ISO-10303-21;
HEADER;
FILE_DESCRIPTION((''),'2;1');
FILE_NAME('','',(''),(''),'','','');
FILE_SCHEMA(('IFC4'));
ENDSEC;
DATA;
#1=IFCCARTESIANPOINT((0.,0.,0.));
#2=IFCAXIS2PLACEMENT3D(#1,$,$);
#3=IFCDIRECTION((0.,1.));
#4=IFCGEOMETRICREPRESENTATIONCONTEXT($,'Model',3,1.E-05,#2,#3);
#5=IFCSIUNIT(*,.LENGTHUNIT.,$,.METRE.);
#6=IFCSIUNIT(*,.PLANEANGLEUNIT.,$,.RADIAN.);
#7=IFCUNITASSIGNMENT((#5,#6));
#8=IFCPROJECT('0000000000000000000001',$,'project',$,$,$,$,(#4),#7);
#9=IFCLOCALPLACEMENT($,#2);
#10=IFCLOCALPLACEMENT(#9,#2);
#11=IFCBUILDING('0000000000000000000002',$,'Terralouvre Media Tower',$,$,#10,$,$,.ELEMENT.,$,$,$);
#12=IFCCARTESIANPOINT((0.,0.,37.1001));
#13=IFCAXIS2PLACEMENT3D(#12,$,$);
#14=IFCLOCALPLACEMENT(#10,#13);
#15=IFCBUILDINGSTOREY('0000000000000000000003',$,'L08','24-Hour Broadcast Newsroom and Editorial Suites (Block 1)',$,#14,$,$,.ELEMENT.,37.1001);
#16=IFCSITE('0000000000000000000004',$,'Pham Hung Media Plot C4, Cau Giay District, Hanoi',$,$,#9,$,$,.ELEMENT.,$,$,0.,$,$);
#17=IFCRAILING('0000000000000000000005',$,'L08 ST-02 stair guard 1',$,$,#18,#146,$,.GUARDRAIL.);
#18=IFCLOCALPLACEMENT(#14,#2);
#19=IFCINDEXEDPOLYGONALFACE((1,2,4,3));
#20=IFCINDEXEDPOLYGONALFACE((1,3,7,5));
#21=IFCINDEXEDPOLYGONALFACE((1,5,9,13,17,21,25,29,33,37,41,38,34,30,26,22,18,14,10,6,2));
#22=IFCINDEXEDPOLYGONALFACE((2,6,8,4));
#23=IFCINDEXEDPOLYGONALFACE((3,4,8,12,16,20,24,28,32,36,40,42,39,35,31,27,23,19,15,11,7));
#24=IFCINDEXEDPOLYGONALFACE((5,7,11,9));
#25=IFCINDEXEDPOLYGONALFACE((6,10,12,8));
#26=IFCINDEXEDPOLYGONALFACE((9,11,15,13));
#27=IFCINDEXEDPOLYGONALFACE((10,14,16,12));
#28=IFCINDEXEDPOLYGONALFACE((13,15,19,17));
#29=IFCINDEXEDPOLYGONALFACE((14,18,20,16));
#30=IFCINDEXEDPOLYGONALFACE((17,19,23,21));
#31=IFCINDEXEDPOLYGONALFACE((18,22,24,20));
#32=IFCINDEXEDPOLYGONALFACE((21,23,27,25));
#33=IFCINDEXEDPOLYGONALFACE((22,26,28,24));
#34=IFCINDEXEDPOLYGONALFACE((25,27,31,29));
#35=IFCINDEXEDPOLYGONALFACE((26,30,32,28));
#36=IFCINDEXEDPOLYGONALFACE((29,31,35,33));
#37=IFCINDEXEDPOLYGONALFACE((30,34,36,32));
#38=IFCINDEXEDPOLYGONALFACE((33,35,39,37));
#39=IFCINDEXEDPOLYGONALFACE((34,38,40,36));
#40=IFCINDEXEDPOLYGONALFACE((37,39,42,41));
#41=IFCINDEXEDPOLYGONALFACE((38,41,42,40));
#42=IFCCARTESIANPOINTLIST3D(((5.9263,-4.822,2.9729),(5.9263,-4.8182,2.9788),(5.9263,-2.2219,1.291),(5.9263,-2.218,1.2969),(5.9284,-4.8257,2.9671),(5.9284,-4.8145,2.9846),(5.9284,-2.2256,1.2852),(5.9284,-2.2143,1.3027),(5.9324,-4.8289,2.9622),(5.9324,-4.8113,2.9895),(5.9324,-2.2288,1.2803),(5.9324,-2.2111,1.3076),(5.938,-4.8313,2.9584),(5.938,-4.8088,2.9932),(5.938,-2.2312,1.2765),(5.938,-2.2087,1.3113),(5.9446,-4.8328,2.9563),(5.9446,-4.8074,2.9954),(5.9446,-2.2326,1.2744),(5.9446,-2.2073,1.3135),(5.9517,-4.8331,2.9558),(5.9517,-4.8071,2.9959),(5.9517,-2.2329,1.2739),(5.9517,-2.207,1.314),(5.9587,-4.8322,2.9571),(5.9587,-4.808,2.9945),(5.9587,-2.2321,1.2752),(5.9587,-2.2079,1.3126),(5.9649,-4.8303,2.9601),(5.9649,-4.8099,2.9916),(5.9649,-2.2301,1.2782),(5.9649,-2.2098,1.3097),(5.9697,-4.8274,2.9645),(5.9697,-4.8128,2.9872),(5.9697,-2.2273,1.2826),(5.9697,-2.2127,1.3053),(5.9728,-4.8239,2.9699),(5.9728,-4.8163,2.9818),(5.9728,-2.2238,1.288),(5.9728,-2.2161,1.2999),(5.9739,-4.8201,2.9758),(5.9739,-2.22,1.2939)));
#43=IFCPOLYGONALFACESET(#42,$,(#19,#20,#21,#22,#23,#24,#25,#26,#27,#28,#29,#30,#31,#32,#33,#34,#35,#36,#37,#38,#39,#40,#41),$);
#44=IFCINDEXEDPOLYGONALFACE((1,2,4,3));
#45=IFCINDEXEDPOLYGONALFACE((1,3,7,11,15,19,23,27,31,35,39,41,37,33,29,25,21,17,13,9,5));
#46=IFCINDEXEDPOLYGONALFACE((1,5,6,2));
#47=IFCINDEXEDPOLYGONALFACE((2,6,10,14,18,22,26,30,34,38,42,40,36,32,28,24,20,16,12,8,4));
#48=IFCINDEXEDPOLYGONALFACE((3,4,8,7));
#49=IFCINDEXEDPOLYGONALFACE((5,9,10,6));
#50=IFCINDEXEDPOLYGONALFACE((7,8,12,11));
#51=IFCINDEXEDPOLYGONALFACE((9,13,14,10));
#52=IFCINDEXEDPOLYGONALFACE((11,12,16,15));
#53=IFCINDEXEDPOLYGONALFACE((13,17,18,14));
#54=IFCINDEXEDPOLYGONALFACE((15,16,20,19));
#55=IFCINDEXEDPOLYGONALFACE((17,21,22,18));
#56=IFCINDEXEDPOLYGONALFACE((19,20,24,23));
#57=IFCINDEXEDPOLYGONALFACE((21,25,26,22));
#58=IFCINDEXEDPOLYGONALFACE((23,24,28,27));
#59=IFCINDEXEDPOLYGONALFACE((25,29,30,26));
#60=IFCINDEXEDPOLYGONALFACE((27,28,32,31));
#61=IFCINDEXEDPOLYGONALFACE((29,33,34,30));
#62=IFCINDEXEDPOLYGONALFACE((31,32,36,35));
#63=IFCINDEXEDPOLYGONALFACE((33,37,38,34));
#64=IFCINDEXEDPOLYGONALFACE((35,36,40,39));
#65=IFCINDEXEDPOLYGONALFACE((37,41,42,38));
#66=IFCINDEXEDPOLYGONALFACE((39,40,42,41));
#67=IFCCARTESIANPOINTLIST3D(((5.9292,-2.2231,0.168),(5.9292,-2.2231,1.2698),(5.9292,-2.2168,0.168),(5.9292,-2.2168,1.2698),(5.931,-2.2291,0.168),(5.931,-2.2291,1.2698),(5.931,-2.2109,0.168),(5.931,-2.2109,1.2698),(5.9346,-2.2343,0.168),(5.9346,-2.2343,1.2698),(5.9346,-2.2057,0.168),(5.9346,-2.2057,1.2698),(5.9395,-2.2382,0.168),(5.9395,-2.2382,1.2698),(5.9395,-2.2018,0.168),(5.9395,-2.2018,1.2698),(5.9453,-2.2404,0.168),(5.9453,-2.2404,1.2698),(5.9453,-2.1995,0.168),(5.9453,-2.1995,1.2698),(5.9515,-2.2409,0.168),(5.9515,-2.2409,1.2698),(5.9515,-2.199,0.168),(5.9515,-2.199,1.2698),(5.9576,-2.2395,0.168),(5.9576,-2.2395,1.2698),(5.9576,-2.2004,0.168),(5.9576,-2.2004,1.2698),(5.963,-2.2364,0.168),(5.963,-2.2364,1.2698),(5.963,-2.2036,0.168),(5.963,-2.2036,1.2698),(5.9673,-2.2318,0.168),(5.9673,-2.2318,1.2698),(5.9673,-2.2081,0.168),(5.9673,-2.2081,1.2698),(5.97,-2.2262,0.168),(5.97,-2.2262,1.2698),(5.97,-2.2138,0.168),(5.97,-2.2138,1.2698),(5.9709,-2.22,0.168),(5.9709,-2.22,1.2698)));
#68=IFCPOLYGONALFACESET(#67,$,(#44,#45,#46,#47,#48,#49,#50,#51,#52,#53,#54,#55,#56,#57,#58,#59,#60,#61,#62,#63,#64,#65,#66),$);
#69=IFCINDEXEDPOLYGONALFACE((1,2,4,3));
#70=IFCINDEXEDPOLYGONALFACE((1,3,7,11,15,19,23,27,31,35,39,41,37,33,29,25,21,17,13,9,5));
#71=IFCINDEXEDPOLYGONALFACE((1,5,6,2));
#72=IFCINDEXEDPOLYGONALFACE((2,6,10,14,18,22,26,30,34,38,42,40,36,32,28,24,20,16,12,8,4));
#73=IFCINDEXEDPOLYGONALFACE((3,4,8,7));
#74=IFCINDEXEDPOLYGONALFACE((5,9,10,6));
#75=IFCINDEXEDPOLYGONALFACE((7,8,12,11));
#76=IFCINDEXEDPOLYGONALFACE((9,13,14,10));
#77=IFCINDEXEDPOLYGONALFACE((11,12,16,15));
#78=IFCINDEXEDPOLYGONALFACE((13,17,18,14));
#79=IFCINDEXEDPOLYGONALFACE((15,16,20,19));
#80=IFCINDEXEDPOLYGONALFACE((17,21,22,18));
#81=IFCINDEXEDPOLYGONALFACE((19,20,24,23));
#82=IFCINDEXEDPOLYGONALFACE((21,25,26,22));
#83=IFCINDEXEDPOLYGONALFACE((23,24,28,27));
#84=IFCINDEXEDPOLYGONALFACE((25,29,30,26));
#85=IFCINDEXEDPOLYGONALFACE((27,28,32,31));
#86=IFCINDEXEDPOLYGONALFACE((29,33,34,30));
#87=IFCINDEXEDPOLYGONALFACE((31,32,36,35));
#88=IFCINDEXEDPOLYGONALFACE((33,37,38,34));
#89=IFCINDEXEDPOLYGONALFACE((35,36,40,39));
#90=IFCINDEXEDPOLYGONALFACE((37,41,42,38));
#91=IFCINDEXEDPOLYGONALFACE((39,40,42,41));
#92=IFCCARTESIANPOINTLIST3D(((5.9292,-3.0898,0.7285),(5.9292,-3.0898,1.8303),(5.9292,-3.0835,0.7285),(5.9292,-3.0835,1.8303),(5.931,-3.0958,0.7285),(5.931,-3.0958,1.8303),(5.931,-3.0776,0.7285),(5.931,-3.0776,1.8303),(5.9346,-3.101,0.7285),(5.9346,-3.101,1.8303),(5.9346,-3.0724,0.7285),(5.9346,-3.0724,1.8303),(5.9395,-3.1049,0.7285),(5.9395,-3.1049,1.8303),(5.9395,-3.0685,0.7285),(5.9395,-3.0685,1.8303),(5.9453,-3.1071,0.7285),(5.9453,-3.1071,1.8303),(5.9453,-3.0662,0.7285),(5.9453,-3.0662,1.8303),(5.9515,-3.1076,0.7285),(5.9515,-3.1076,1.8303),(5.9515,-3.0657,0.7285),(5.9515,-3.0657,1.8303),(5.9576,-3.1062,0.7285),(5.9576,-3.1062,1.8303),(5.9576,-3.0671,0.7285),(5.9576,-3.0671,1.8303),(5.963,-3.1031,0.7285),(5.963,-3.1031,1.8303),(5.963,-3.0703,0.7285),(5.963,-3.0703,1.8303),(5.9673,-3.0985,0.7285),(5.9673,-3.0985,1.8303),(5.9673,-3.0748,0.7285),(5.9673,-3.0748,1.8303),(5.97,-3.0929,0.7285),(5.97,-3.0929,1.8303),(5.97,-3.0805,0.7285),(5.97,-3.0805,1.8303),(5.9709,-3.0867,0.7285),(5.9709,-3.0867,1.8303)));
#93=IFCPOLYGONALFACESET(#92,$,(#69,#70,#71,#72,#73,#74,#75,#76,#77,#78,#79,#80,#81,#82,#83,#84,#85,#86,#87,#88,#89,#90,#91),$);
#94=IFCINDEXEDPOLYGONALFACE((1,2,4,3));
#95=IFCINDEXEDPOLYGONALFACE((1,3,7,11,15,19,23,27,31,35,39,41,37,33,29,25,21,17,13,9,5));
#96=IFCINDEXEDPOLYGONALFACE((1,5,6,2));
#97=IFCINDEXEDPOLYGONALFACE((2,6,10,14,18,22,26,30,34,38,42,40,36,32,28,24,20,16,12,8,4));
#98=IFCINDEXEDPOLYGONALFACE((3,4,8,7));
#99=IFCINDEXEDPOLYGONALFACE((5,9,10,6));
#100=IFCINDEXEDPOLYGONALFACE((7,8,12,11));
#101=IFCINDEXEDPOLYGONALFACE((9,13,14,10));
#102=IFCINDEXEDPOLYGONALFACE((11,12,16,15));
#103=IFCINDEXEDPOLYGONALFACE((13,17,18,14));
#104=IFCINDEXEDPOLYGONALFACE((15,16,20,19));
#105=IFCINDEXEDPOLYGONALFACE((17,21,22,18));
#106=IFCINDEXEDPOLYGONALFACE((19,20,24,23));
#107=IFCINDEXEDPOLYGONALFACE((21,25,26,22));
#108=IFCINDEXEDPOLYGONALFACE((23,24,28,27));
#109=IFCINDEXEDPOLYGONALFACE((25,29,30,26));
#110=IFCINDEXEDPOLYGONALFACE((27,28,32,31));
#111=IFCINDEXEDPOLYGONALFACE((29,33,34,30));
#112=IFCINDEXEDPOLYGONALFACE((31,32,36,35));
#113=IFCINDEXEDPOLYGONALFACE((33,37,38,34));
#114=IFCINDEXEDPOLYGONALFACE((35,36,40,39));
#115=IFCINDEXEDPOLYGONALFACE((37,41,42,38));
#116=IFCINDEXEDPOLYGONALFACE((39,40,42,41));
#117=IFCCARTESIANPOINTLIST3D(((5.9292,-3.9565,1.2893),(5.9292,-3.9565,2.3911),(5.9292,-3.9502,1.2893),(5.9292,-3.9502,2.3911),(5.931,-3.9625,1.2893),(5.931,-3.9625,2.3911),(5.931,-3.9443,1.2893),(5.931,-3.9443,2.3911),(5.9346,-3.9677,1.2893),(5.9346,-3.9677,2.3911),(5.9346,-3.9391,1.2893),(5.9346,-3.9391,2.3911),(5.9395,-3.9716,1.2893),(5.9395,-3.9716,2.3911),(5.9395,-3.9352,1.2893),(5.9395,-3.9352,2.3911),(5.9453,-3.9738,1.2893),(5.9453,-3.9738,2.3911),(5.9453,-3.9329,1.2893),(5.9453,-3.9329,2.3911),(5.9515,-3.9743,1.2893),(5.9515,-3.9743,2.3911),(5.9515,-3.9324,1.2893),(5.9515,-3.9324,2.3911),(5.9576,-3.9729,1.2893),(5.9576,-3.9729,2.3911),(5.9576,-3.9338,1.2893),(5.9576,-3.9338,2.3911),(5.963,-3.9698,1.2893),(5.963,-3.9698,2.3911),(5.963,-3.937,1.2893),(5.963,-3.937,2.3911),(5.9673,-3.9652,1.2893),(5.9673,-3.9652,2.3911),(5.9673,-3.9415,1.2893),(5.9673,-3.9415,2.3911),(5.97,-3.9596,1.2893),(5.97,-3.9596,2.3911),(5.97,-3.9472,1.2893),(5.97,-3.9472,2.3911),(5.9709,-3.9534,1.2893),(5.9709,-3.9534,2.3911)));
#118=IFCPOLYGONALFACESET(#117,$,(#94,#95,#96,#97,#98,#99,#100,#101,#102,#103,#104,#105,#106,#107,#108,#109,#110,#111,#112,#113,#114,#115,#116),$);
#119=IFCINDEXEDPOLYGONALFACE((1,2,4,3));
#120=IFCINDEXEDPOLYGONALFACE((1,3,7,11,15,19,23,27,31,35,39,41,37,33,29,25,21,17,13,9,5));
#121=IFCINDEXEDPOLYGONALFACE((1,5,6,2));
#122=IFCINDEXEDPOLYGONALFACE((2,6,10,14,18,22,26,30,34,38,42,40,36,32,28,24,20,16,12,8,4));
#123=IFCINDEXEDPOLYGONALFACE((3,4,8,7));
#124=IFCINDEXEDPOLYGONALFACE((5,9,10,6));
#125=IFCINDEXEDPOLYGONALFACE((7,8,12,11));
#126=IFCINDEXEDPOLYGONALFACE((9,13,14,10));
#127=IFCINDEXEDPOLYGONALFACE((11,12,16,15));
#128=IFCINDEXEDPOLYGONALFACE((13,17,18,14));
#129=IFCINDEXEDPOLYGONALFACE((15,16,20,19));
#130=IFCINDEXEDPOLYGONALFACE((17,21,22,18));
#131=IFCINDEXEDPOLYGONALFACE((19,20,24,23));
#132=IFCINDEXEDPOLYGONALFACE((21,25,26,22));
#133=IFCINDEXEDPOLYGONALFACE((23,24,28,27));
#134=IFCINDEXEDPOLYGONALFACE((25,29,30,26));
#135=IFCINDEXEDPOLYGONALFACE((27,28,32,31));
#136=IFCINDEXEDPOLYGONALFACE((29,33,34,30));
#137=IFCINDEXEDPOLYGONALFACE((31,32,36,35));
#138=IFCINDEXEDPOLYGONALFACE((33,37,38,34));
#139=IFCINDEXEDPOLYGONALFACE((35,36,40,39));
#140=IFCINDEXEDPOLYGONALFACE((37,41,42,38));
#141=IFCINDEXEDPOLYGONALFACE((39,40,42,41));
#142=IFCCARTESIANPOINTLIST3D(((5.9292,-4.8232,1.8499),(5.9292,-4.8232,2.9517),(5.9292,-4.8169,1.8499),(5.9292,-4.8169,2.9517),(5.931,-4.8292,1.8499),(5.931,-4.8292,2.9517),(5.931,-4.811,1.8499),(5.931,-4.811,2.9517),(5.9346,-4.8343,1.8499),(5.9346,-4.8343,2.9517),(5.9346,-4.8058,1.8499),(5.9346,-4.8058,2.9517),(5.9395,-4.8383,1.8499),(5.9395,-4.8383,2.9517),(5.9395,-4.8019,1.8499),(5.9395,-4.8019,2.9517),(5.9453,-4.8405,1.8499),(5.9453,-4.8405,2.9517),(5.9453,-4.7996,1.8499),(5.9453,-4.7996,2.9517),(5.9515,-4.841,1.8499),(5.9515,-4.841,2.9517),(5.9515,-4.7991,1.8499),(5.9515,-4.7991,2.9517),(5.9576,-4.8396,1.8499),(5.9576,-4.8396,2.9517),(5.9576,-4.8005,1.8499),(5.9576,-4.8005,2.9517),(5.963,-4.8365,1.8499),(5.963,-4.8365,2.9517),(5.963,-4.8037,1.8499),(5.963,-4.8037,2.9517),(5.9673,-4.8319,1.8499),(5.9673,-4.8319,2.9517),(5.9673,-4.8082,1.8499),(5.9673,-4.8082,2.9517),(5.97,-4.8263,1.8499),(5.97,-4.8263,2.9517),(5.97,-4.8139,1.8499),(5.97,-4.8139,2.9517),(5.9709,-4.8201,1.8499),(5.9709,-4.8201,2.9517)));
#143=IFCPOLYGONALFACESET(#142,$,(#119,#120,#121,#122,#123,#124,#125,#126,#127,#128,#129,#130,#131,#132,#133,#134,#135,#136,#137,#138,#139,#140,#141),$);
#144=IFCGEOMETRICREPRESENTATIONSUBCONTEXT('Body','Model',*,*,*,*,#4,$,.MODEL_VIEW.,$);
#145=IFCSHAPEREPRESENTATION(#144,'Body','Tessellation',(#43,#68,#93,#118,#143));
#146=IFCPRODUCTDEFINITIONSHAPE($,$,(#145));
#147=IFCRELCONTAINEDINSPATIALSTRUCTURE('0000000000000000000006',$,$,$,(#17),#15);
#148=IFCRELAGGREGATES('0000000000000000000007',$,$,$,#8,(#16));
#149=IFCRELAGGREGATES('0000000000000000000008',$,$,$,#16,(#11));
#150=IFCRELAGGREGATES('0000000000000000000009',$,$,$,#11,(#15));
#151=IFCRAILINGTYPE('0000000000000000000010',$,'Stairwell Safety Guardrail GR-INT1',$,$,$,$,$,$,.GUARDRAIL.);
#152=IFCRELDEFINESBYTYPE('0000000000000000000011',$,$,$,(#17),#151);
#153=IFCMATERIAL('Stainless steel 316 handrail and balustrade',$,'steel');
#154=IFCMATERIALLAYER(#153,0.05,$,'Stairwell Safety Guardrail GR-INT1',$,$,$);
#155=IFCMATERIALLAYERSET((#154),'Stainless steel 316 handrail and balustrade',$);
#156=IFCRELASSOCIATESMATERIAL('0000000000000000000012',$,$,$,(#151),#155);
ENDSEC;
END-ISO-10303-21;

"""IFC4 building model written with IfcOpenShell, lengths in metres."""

from ifc_helpers import new_model, si_unit, direction, frame, origin, origin_2d, place, context, subcontext, project, spatial, circle, extrude, material, layer, layer_set, type_object, element, save


model = new_model("IFC4")

# Units and contexts
model_context = context("Model", 3, precision=1e-05, world=origin(), true_north=direction((0.0, 1.0)))
body_context = subcontext(model_context, "Body", "Model", "MODEL_VIEW")
ifc_project = project(units=[si_unit("LENGTHUNIT", "METRE"), si_unit("PLANEANGLEUNIT", "RADIAN")], contexts=[model_context])

# Site, building, storey
site_placement = place(None, origin())
site = spatial("IfcSite", under=ifc_project, at=site_placement, Name="Pham Hung Media Plot C4, Cau Giay District, Hanoi", CompositionType="ELEMENT", RefElevation=0.0)
building_placement = place(site_placement, origin())
building = spatial("IfcBuilding", under=site, at=building_placement, Name="Terralouvre Media Tower", CompositionType="ELEMENT")
storey_placement = place(building_placement, frame((0.0, 0.0, 37.1001)))
storey = spatial("IfcBuildingStorey", under=building, at=storey_placement, Name="L08", Description="24-Hour Broadcast Newsroom and Editorial Suites (Block 1)", CompositionType="ELEMENT", Elevation=37.1001)

# Railing
ifc_material_1 = material(Name="Stainless steel 316 handrail and balustrade", Category="steel")
ifc_layer_1 = layer(ifc_material_1, 0.05, Name="Stairwell Safety Guardrail GR-INT1")
ifc_layer_set_1 = layer_set([ifc_layer_1], Name="Stainless steel 316 handrail and balustrade")
railing_type = type_object("IfcRailingType", Name="Stairwell Safety Guardrail GR-INT1", PredefinedType="GUARDRAIL", material=ifc_layer_set_1)
railing_1_placement = place(storey_placement, frame((5.95, -2.22, 0.168)))
element("IfcRailing", 1, at=railing_1_placement, inside=storey, type_object=railing_type, Name="L08 ST-02 stair guard 1", PredefinedType="GUARDRAIL", context=body_context, shape_type="SweptSolid", body=[
    extrude(circle(Radius=0.0239, at=origin_2d()), frame((0.0, 0.0, 1.126), z_axis=(0.0, -0.839648, 0.54313), x_axis=(1.0, 0.0, 0.0)), (0.0, 0.0, 1.0), 3.0967),
    extrude(circle(Radius=0.021, at=origin_2d()), origin(), (0.0, 0.0, 1.0), 1.1018),
    extrude(circle(Radius=0.021, at=origin_2d()), frame((0.0, -0.8667, 0.5605)), (0.0, 0.0, 1.0), 1.1018),
    extrude(circle(Radius=0.021, at=origin_2d()), frame((0.0, -1.7334, 1.1213)), (0.0, 0.0, 1.0), 1.1018),
    extrude(circle(Radius=0.021, at=origin_2d()), frame((0.0, -2.6001, 1.6819)), (0.0, 0.0, 1.0), 1.1018),
])

save(model, "model.ifc")
